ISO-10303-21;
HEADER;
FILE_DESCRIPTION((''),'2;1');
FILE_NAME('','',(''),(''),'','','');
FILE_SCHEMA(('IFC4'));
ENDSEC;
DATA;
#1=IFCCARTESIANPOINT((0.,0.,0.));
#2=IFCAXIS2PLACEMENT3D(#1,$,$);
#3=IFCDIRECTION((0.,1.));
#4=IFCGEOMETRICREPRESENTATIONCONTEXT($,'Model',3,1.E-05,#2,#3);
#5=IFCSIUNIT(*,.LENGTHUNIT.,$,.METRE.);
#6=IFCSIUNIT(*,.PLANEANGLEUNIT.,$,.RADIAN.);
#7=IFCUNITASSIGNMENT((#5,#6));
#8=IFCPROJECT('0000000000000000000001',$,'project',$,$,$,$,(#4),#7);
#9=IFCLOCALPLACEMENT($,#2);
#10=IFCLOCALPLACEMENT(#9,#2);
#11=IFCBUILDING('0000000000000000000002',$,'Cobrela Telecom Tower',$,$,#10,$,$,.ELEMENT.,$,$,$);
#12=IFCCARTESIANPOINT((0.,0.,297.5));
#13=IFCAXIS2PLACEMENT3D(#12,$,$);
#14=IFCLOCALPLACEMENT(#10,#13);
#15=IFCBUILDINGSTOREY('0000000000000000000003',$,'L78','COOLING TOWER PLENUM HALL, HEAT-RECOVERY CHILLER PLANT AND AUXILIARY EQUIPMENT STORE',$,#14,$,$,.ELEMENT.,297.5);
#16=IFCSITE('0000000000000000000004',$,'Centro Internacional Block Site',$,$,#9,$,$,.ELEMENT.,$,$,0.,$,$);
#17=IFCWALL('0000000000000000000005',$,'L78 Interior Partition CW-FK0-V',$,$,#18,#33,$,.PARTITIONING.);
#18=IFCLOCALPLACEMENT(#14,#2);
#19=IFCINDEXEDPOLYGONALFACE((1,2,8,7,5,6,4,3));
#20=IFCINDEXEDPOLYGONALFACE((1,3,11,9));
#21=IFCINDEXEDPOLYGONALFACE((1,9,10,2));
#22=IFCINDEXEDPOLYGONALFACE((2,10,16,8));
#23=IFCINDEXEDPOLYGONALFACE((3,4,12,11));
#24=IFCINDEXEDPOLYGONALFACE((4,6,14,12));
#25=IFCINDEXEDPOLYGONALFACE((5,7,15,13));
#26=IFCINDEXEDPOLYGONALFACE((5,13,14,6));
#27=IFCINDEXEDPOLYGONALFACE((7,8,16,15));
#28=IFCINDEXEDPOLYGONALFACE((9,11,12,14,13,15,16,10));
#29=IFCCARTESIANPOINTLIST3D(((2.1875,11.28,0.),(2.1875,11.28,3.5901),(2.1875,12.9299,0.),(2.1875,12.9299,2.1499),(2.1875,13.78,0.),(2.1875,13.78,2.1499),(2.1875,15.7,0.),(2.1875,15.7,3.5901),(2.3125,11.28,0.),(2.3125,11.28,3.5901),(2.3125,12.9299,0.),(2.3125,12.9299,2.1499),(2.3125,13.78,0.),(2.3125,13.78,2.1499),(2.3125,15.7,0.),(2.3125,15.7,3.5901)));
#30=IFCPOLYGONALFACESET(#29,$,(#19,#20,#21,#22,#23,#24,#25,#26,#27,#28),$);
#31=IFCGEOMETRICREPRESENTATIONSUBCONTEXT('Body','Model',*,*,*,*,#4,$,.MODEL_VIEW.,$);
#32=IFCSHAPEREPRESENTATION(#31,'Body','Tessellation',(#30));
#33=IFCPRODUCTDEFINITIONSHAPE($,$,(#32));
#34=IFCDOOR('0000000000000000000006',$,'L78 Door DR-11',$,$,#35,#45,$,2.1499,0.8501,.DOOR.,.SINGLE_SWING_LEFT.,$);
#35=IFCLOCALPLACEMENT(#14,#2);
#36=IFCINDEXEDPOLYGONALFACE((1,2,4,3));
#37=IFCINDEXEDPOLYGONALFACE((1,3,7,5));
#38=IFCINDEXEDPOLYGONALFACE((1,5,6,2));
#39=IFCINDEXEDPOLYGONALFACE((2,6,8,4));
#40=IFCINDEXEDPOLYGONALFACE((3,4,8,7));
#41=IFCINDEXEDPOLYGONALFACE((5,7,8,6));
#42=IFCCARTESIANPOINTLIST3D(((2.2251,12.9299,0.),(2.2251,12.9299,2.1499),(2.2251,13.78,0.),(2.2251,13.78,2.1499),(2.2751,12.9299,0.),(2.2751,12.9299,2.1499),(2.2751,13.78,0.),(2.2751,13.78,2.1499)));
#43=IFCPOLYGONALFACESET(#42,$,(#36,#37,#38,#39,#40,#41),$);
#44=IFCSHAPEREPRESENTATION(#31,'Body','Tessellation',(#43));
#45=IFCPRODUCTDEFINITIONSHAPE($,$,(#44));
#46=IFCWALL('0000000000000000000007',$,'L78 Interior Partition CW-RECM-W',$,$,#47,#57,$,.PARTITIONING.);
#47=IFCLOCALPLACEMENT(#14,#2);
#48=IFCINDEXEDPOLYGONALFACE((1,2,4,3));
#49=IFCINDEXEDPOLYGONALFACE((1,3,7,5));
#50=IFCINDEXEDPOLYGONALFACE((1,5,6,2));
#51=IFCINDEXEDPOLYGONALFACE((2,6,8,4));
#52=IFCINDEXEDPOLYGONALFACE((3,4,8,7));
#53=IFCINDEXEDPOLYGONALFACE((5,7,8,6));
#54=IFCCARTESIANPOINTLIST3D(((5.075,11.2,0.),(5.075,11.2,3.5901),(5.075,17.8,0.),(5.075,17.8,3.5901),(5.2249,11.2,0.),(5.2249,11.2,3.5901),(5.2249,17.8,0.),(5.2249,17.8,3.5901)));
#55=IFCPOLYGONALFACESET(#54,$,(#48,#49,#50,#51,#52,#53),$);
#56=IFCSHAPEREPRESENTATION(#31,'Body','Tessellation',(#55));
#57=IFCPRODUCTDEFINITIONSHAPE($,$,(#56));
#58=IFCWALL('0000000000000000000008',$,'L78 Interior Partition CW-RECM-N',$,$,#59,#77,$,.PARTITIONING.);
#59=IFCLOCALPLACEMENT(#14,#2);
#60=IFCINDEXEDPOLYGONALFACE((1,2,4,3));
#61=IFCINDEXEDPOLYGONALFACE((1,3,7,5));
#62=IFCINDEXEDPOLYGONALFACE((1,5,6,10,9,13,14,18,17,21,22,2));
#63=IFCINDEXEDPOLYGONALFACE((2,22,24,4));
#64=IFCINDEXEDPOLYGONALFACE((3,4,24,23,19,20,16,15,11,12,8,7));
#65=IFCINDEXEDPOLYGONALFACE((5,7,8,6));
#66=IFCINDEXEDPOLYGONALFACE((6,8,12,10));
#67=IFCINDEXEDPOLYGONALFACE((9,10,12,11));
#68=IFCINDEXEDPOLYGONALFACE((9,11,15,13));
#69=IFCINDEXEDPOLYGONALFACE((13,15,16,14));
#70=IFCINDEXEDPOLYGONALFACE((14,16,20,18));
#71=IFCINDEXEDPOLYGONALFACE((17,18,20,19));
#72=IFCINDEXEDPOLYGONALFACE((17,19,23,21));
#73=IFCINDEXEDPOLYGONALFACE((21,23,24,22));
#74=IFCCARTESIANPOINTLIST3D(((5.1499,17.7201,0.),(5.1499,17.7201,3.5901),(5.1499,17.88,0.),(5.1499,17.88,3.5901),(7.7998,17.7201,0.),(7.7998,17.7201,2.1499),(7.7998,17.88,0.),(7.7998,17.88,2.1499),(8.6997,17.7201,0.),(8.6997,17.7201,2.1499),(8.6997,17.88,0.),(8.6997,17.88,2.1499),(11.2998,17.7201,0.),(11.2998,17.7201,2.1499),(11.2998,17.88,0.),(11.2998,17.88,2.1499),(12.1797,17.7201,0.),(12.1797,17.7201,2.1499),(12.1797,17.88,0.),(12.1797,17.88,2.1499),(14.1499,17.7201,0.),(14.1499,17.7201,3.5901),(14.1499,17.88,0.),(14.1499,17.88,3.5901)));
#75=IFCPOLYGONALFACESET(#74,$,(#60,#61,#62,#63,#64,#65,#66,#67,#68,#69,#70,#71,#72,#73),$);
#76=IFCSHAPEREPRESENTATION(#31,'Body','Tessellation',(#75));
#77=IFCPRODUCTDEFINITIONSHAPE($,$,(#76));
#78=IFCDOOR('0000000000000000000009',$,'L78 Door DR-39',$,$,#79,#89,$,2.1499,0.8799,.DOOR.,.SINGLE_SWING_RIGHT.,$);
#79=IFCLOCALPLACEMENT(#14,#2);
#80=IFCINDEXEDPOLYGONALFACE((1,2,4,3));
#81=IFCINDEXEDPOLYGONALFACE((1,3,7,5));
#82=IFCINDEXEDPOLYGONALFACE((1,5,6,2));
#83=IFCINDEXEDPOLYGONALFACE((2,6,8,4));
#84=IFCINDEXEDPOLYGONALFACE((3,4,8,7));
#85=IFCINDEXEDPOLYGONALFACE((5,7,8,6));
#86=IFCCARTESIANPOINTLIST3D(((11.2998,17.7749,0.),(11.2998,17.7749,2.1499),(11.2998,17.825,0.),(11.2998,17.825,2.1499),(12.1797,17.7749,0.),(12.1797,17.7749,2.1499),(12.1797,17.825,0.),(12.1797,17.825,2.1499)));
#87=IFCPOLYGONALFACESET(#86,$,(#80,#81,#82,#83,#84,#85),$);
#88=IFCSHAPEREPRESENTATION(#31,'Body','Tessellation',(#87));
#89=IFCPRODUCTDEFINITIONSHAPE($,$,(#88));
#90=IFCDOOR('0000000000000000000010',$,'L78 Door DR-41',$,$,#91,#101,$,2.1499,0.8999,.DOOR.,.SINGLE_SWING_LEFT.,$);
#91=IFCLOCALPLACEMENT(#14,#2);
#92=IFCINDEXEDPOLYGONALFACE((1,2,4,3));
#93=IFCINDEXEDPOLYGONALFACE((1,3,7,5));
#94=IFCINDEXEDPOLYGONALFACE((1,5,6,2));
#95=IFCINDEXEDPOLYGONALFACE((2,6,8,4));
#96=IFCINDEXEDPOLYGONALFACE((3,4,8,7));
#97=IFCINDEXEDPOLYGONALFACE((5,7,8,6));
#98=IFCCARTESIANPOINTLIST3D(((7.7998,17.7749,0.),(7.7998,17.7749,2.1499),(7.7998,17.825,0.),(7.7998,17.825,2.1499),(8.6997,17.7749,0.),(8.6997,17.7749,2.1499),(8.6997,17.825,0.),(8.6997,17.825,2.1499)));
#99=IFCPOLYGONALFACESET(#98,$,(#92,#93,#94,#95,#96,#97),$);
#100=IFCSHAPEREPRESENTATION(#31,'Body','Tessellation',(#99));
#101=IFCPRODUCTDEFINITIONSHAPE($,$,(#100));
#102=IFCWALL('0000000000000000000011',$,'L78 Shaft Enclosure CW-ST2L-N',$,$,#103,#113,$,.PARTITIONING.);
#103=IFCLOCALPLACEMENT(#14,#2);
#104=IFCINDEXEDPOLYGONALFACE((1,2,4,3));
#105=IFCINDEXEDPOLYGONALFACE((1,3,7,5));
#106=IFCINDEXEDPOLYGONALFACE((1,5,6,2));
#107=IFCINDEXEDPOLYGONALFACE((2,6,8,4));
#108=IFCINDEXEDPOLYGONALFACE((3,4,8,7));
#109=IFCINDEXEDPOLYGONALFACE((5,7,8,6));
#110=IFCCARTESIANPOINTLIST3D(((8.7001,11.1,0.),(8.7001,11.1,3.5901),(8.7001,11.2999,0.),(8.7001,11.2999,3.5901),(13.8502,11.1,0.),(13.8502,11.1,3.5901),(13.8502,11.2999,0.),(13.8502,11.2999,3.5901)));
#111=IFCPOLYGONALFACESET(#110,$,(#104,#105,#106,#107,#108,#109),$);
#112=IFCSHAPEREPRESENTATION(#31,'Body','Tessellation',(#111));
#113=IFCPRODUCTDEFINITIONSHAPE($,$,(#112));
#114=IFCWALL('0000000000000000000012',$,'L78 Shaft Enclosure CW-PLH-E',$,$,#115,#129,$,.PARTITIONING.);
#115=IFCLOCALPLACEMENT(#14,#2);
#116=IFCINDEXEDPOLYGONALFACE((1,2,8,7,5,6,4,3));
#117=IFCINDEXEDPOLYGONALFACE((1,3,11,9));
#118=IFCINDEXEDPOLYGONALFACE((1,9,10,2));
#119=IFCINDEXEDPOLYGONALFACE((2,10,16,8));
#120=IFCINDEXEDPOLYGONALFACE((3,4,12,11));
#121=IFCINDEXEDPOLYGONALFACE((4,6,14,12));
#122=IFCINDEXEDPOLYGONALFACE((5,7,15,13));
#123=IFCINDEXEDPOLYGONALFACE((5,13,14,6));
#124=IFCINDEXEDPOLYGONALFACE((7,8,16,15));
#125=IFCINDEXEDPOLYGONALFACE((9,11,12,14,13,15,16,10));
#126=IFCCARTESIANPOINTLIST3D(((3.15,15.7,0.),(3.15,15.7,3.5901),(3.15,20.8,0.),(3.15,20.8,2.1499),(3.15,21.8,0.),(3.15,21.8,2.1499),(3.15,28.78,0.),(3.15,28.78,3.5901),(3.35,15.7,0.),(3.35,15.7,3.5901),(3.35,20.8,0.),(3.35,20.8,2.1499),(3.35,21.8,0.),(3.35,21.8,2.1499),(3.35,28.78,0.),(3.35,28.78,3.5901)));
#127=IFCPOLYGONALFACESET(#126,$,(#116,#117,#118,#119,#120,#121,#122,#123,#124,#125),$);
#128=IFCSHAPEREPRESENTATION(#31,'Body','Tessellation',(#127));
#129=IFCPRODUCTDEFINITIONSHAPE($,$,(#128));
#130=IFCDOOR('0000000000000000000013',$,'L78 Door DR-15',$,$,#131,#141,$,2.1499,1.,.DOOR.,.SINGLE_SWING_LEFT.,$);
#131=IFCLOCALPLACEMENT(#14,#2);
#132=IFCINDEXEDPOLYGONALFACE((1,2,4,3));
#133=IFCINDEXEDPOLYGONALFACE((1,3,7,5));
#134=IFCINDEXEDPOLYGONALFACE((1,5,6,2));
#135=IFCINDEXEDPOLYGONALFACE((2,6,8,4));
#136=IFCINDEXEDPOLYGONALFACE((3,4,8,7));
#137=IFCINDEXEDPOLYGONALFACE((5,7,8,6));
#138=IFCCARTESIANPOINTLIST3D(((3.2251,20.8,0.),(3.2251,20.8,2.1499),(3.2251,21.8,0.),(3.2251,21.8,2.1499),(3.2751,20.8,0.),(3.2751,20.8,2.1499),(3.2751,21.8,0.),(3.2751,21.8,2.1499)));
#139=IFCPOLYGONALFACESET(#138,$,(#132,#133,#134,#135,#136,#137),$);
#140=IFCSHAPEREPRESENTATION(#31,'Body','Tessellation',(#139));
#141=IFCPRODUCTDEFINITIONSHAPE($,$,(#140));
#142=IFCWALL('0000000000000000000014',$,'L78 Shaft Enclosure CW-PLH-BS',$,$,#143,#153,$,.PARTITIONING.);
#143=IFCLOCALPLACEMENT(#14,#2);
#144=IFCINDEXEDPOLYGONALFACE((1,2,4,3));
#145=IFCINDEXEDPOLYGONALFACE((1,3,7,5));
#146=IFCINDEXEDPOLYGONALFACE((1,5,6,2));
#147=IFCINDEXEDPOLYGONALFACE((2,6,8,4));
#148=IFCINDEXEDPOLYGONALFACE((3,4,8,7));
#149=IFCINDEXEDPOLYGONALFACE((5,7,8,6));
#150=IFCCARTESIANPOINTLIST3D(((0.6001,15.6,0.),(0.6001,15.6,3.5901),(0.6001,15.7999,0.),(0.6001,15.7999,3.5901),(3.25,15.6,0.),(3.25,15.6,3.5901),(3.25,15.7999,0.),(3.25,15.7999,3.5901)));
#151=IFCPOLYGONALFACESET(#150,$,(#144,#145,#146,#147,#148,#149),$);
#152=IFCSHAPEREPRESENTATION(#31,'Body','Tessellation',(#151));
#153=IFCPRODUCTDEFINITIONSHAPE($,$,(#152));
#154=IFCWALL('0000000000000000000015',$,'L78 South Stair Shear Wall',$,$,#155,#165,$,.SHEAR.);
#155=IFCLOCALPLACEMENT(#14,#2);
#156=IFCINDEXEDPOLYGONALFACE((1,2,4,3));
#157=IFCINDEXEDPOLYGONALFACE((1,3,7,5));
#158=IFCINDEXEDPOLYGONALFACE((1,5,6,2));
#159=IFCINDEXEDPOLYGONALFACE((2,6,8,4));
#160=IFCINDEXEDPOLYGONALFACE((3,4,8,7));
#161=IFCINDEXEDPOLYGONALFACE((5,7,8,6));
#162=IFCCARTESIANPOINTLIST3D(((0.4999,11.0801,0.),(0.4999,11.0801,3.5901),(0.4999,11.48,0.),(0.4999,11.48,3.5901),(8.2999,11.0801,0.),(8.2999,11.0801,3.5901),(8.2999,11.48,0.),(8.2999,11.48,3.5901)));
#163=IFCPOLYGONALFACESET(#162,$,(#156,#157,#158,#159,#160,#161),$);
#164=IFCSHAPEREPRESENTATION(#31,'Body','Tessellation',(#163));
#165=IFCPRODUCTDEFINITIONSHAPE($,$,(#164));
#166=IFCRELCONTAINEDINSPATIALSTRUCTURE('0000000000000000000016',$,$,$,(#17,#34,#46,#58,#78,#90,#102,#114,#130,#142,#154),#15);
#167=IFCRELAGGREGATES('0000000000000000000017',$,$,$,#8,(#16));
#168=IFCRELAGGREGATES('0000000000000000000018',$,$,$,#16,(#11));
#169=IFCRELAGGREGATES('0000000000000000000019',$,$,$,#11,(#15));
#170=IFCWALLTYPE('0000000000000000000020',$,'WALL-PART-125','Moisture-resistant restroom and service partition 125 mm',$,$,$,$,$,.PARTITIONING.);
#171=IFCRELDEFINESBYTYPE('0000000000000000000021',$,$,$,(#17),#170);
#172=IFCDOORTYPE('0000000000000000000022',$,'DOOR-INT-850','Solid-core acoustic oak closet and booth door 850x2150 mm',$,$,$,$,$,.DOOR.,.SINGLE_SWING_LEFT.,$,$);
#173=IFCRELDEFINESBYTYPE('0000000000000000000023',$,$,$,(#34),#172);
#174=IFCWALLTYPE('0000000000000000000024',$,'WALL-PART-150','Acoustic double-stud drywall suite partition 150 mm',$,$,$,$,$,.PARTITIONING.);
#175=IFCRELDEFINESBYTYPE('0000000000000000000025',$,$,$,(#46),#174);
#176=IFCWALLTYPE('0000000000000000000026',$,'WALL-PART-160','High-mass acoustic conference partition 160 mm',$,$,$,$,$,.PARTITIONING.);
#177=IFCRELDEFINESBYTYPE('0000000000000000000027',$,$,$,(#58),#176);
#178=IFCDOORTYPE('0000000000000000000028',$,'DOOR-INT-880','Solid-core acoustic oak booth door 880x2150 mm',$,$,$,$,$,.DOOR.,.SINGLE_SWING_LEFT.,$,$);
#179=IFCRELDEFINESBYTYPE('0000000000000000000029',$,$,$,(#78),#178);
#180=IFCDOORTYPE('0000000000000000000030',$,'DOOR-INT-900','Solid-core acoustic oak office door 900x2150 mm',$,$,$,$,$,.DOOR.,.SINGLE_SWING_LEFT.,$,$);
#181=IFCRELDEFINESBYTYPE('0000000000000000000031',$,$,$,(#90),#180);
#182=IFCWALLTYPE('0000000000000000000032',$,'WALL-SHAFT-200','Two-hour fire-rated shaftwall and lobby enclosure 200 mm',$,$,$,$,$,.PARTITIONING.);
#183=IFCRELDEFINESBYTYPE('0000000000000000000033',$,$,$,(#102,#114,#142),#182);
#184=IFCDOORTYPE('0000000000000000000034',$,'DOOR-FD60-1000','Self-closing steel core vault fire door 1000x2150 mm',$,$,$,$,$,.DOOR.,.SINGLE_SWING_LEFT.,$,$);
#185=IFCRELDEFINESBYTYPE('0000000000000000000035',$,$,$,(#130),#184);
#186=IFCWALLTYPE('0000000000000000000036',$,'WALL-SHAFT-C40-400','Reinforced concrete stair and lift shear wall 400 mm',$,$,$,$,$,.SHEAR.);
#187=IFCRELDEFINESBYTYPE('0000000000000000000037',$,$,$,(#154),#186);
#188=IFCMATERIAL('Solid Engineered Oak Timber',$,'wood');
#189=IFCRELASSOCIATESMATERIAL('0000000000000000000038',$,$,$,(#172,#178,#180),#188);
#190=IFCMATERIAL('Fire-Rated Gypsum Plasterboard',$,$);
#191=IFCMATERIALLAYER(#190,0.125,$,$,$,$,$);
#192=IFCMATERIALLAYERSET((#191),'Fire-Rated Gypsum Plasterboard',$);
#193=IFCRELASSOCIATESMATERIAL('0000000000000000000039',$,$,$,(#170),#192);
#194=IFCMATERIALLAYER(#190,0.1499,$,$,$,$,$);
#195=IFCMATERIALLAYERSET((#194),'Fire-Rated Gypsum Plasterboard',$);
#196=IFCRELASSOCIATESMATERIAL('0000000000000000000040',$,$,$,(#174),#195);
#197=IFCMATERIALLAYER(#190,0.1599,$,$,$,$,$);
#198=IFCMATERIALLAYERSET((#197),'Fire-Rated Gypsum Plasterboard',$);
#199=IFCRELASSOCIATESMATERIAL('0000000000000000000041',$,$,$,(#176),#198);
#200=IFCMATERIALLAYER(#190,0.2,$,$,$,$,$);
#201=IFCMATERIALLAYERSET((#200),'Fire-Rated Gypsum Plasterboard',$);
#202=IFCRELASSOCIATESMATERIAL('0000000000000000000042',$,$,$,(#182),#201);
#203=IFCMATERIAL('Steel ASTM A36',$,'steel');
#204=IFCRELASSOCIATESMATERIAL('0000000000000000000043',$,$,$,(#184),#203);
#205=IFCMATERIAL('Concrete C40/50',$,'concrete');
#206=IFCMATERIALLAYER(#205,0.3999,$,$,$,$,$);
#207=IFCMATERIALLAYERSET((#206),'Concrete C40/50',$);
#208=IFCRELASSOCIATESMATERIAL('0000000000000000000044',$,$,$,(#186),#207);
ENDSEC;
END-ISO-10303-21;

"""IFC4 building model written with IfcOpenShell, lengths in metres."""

from ifc_helpers import new_model, si_unit, direction, frame, frame_2d, origin, place, context, subcontext, project, spatial, rectangle, extrude, material, layer, layer_set, type_object, element, fill, save


model = new_model("IFC4")

# Units and contexts
model_context = context("Model", 3, precision=1e-05, world=origin(), true_north=direction((0.0, 1.0)))
body_context = subcontext(model_context, "Body", "Model", "MODEL_VIEW")
ifc_project = project(units=[si_unit("LENGTHUNIT", "METRE"), si_unit("PLANEANGLEUNIT", "RADIAN")], contexts=[model_context])

# Site, building, storey
site_placement = place(None, origin())
site = spatial("IfcSite", under=ifc_project, at=site_placement, Name="Centro Internacional Block Site", CompositionType="ELEMENT", RefElevation=0.0)
building_placement = place(site_placement, origin())
building = spatial("IfcBuilding", under=site, at=building_placement, Name="Cobrela Telecom Tower", CompositionType="ELEMENT")
storey_placement = place(building_placement, frame((0.0, 0.0, 297.5)))
storey = spatial("IfcBuildingStorey", under=building, at=storey_placement, Name="L78", Description="COOLING TOWER PLENUM HALL, HEAT-RECOVERY CHILLER PLANT AND AUXILIARY EQUIPMENT STORE", CompositionType="ELEMENT", Elevation=297.5)

# Wall, opening, door
ifc_material_1 = material(Name="Fire-Rated Gypsum Plasterboard")
ifc_material_2 = material(Name="Solid Engineered Oak Timber", Category="wood")
door_type_1 = type_object("IfcDoorType", Name="DOOR-INT-850", Description="Solid-core acoustic oak closet and booth door 850x2150 mm", OperationType="SINGLE_SWING_LEFT", PredefinedType="DOOR", material=ifc_material_2)
ifc_layer_1 = layer(ifc_material_1, 0.125)
ifc_layer_set_1 = layer_set([ifc_layer_1], Name="Fire-Rated Gypsum Plasterboard")
wall_type_1 = type_object("IfcWallType", Name="WALL-PART-125", Description="Moisture-resistant restroom and service partition 125 mm", PredefinedType="PARTITIONING", material=ifc_layer_set_1)
wall_1_placement = place(storey_placement, frame((2.25, 11.28, 0.0), z_axis=(0.0, 0.0, 1.0), x_axis=(0.0, 1.0, 0.0)))
wall_1 = element("IfcWall", 1, at=wall_1_placement, inside=storey, type_object=wall_type_1, Name="L78 Interior Partition CW-FK0-V", PredefinedType="PARTITIONING", context=body_context, shape_type="SweptSolid", body=[
    extrude(rectangle(XDim=4.4199, YDim=0.125, at=frame_2d((2.21, 0.0))), origin(), (0.0, 0.0, 1.0), 3.5901),
])
opening_1_placement = place(wall_1_placement, frame((1.6499, 0.0, 0.0)))
opening_1 = element("IfcOpeningElement", 2, at=opening_1_placement, cuts=wall_1, PredefinedType="OPENING", context=body_context, shape_type="SweptSolid", body=[
    extrude(rectangle(XDim=0.8501, YDim=2.1499, at=frame_2d((0.425, 1.075))), frame((0.0, 0.0745, 0.0), z_axis=(0.0, -1.0, 0.0), x_axis=(1.0, 0.0, 0.0)), (0.0, 0.0, 1.0), 0.1489),
])
door_1_placement = place(opening_1_placement, origin())
door_1 = element("IfcDoor", 3, at=door_1_placement, inside=storey, type_object=door_type_1, Name="L78 Door DR-11", OperationType="SINGLE_SWING_LEFT", OverallHeight=2.1499, OverallWidth=0.8501, PredefinedType="DOOR", context=body_context, shape_type="SweptSolid", body=[
    extrude(rectangle(XDim=0.8501, YDim=2.1499, at=frame_2d((0.425, 1.075))), frame((0.0, 0.0249, 0.0), z_axis=(0.0, -1.0, 0.0), x_axis=(1.0, 0.0, 0.0)), (0.0, 0.0, 1.0), 0.05),
])
fill(opening_1, door_1)

# Wall
ifc_layer_2 = layer(ifc_material_1, 0.1499)
ifc_layer_set_2 = layer_set([ifc_layer_2], Name="Fire-Rated Gypsum Plasterboard")
wall_type_2 = type_object("IfcWallType", Name="WALL-PART-150", Description="Acoustic double-stud drywall suite partition 150 mm", PredefinedType="PARTITIONING", material=ifc_layer_set_2)
wall_2_placement = place(storey_placement, frame((5.1499, 11.2, 0.0), z_axis=(0.0, 0.0, 1.0), x_axis=(0.0, 1.0, 0.0)))
element("IfcWall", 4, at=wall_2_placement, inside=storey, type_object=wall_type_2, Name="L78 Interior Partition CW-RECM-W", PredefinedType="PARTITIONING", context=body_context, shape_type="SweptSolid", body=[
    extrude(rectangle(XDim=6.6001, YDim=0.1499, at=frame_2d((3.3, 0.0))), origin(), (0.0, 0.0, 1.0), 3.5901),
])

# Wall, openings, doors
ifc_layer_3 = layer(ifc_material_1, 0.1599)
ifc_layer_set_3 = layer_set([ifc_layer_3], Name="Fire-Rated Gypsum Plasterboard")
wall_type_3 = type_object("IfcWallType", Name="WALL-PART-160", Description="High-mass acoustic conference partition 160 mm", PredefinedType="PARTITIONING", material=ifc_layer_set_3)
wall_3_placement = place(storey_placement, frame((5.1499, 17.8, 0.0), z_axis=(0.0, 0.0, 1.0), x_axis=(1.0, 0.0, 0.0)))
wall_3 = element("IfcWall", 5, at=wall_3_placement, inside=storey, type_object=wall_type_3, Name="L78 Interior Partition CW-RECM-N", PredefinedType="PARTITIONING", context=body_context, shape_type="SweptSolid", body=[
    extrude(rectangle(XDim=9.0, YDim=0.1599, at=frame_2d((4.5, 0.0))), origin(), (0.0, 0.0, 1.0), 3.5901),
])
opening_2_placement = place(wall_3_placement, frame((2.6499, 0.0, 0.0)))
opening_2 = element("IfcOpeningElement", 6, at=opening_2_placement, cuts=wall_3, PredefinedType="OPENING", context=body_context, shape_type="SweptSolid", body=[
    extrude(rectangle(XDim=0.8999, YDim=2.1499, at=frame_2d((0.45, 1.075))), frame((0.0, 0.0918, 0.0), z_axis=(0.0, -1.0, 0.0), x_axis=(1.0, 0.0, 0.0)), (0.0, 0.0, 1.0), 0.1838),
])
opening_3_placement = place(wall_3_placement, frame((6.1499, 0.0, 0.0)))
opening_3 = element("IfcOpeningElement", 7, at=opening_3_placement, cuts=wall_3, PredefinedType="OPENING", context=body_context, shape_type="SweptSolid", body=[
    extrude(rectangle(XDim=0.8799, YDim=2.1499, at=frame_2d((0.4399, 1.075))), frame((0.0, 0.0918, 0.0), z_axis=(0.0, -1.0, 0.0), x_axis=(1.0, 0.0, 0.0)), (0.0, 0.0, 1.0), 0.1838),
])
door_type_2 = type_object("IfcDoorType", Name="DOOR-INT-880", Description="Solid-core acoustic oak booth door 880x2150 mm", OperationType="SINGLE_SWING_LEFT", PredefinedType="DOOR", material=ifc_material_2)
door_2_placement = place(opening_3_placement, origin())
door_2 = element("IfcDoor", 8, at=door_2_placement, inside=storey, type_object=door_type_2, Name="L78 Door DR-39", OperationType="SINGLE_SWING_RIGHT", OverallHeight=2.1499, OverallWidth=0.8799, PredefinedType="DOOR", context=body_context, shape_type="SweptSolid", body=[
    extrude(rectangle(XDim=0.8799, YDim=2.1499, at=frame_2d((0.4399, 1.075))), frame((0.0, 0.0249, 0.0), z_axis=(0.0, -1.0, 0.0), x_axis=(1.0, 0.0, 0.0)), (0.0, 0.0, 1.0), 0.05),
])
fill(opening_3, door_2)
door_type_3 = type_object("IfcDoorType", Name="DOOR-INT-900", Description="Solid-core acoustic oak office door 900x2150 mm", OperationType="SINGLE_SWING_LEFT", PredefinedType="DOOR", material=ifc_material_2)
door_3_placement = place(opening_2_placement, origin())
door_3 = element("IfcDoor", 9, at=door_3_placement, inside=storey, type_object=door_type_3, Name="L78 Door DR-41", OperationType="SINGLE_SWING_LEFT", OverallHeight=2.1499, OverallWidth=0.8999, PredefinedType="DOOR", context=body_context, shape_type="SweptSolid", body=[
    extrude(rectangle(XDim=0.8999, YDim=2.1499, at=frame_2d((0.45, 1.075))), frame((0.0, 0.0249, 0.0), z_axis=(0.0, -1.0, 0.0), x_axis=(1.0, 0.0, 0.0)), (0.0, 0.0, 1.0), 0.05),
])
fill(opening_2, door_3)

# Wall
ifc_layer_4 = layer(ifc_material_1, 0.2)
ifc_layer_set_4 = layer_set([ifc_layer_4], Name="Fire-Rated Gypsum Plasterboard")
wall_type_4 = type_object("IfcWallType", Name="WALL-SHAFT-200", Description="Two-hour fire-rated shaftwall and lobby enclosure 200 mm", PredefinedType="PARTITIONING", material=ifc_layer_set_4)
wall_4_placement = place(storey_placement, frame((8.7, 11.2, 0.0), z_axis=(0.0, 0.0, 1.0), x_axis=(1.0, 0.0, 0.0)))
element("IfcWall", 10, at=wall_4_placement, inside=storey, type_object=wall_type_4, Name="L78 Shaft Enclosure CW-ST2L-N", PredefinedType="PARTITIONING", context=body_context, shape_type="SweptSolid", body=[
    extrude(rectangle(XDim=5.1501, YDim=0.2, at=frame_2d((2.5752, 0.0))), origin(), (0.0, 0.0, 1.0), 3.5901),
])

# Wall, opening, door
wall_5_placement = place(storey_placement, frame((3.25, 15.7, 0.0), z_axis=(0.0, 0.0, 1.0), x_axis=(0.0, 1.0, 0.0)))
wall_5 = element("IfcWall", 11, at=wall_5_placement, inside=storey, type_object=wall_type_4, Name="L78 Shaft Enclosure CW-PLH-E", PredefinedType="PARTITIONING", context=body_context, shape_type="SweptSolid", body=[
    extrude(rectangle(XDim=13.0801, YDim=0.2, at=frame_2d((6.54, 0.0))), origin(), (0.0, 0.0, 1.0), 3.5901),
])
opening_4_placement = place(wall_5_placement, frame((5.1001, 0.0, 0.0)))
opening_4 = element("IfcOpeningElement", 12, at=opening_4_placement, cuts=wall_5, PredefinedType="OPENING", context=body_context, shape_type="SweptSolid", body=[
    extrude(rectangle(XDim=1.0, YDim=2.1499, at=frame_2d((0.5, 1.075))), frame((0.0, 0.1118, 0.0), z_axis=(0.0, -1.0, 0.0), x_axis=(1.0, 0.0, 0.0)), (0.0, 0.0, 1.0), 0.2239),
])
ifc_material_3 = material(Name="Steel ASTM A36", Category="steel")
door_type_4 = type_object("IfcDoorType", Name="DOOR-FD60-1000", Description="Self-closing steel core vault fire door 1000x2150 mm", OperationType="SINGLE_SWING_LEFT", PredefinedType="DOOR", material=ifc_material_3)
door_4_placement = place(opening_4_placement, origin())
door_4 = element("IfcDoor", 13, at=door_4_placement, inside=storey, type_object=door_type_4, Name="L78 Door DR-15", OperationType="SINGLE_SWING_LEFT", OverallHeight=2.1499, OverallWidth=1.0, PredefinedType="DOOR", context=body_context, shape_type="SweptSolid", body=[
    extrude(rectangle(XDim=1.0, YDim=2.1499, at=frame_2d((0.5, 1.075))), frame((0.0, 0.0249, 0.0), z_axis=(0.0, -1.0, 0.0), x_axis=(1.0, 0.0, 0.0)), (0.0, 0.0, 1.0), 0.05),
])
fill(opening_4, door_4)

# Walls
wall_6_placement = place(storey_placement, frame((0.6001, 15.7, 0.0), z_axis=(0.0, 0.0, 1.0), x_axis=(1.0, 0.0, 0.0)))
element("IfcWall", 14, at=wall_6_placement, inside=storey, type_object=wall_type_4, Name="L78 Shaft Enclosure CW-PLH-BS", PredefinedType="PARTITIONING", context=body_context, shape_type="SweptSolid", body=[
    extrude(rectangle(XDim=2.6499, YDim=0.2, at=frame_2d((1.325, 0.0))), origin(), (0.0, 0.0, 1.0), 3.5901),
])
ifc_material_4 = material(Name="Concrete C40/50", Category="concrete")
ifc_layer_5 = layer(ifc_material_4, 0.3999)
ifc_layer_set_5 = layer_set([ifc_layer_5], Name="Concrete C40/50")
wall_type_5 = type_object("IfcWallType", Name="WALL-SHAFT-C40-400", Description="Reinforced concrete stair and lift shear wall 400 mm", PredefinedType="SHEAR", material=ifc_layer_set_5)
wall_7_placement = place(storey_placement, frame((0.5, 11.28, 0.0), z_axis=(0.0, 0.0, 1.0), x_axis=(1.0, 0.0, 0.0)))
element("IfcWall", 15, at=wall_7_placement, inside=storey, type_object=wall_type_5, Name="L78 South Stair Shear Wall", PredefinedType="SHEAR", context=body_context, shape_type="SweptSolid", body=[
    extrude(rectangle(XDim=7.8, YDim=0.3999, at=frame_2d((3.8999, 0.0))), origin(), (0.0, 0.0, 1.0), 3.5901),
])

save(model, "model.ifc")
